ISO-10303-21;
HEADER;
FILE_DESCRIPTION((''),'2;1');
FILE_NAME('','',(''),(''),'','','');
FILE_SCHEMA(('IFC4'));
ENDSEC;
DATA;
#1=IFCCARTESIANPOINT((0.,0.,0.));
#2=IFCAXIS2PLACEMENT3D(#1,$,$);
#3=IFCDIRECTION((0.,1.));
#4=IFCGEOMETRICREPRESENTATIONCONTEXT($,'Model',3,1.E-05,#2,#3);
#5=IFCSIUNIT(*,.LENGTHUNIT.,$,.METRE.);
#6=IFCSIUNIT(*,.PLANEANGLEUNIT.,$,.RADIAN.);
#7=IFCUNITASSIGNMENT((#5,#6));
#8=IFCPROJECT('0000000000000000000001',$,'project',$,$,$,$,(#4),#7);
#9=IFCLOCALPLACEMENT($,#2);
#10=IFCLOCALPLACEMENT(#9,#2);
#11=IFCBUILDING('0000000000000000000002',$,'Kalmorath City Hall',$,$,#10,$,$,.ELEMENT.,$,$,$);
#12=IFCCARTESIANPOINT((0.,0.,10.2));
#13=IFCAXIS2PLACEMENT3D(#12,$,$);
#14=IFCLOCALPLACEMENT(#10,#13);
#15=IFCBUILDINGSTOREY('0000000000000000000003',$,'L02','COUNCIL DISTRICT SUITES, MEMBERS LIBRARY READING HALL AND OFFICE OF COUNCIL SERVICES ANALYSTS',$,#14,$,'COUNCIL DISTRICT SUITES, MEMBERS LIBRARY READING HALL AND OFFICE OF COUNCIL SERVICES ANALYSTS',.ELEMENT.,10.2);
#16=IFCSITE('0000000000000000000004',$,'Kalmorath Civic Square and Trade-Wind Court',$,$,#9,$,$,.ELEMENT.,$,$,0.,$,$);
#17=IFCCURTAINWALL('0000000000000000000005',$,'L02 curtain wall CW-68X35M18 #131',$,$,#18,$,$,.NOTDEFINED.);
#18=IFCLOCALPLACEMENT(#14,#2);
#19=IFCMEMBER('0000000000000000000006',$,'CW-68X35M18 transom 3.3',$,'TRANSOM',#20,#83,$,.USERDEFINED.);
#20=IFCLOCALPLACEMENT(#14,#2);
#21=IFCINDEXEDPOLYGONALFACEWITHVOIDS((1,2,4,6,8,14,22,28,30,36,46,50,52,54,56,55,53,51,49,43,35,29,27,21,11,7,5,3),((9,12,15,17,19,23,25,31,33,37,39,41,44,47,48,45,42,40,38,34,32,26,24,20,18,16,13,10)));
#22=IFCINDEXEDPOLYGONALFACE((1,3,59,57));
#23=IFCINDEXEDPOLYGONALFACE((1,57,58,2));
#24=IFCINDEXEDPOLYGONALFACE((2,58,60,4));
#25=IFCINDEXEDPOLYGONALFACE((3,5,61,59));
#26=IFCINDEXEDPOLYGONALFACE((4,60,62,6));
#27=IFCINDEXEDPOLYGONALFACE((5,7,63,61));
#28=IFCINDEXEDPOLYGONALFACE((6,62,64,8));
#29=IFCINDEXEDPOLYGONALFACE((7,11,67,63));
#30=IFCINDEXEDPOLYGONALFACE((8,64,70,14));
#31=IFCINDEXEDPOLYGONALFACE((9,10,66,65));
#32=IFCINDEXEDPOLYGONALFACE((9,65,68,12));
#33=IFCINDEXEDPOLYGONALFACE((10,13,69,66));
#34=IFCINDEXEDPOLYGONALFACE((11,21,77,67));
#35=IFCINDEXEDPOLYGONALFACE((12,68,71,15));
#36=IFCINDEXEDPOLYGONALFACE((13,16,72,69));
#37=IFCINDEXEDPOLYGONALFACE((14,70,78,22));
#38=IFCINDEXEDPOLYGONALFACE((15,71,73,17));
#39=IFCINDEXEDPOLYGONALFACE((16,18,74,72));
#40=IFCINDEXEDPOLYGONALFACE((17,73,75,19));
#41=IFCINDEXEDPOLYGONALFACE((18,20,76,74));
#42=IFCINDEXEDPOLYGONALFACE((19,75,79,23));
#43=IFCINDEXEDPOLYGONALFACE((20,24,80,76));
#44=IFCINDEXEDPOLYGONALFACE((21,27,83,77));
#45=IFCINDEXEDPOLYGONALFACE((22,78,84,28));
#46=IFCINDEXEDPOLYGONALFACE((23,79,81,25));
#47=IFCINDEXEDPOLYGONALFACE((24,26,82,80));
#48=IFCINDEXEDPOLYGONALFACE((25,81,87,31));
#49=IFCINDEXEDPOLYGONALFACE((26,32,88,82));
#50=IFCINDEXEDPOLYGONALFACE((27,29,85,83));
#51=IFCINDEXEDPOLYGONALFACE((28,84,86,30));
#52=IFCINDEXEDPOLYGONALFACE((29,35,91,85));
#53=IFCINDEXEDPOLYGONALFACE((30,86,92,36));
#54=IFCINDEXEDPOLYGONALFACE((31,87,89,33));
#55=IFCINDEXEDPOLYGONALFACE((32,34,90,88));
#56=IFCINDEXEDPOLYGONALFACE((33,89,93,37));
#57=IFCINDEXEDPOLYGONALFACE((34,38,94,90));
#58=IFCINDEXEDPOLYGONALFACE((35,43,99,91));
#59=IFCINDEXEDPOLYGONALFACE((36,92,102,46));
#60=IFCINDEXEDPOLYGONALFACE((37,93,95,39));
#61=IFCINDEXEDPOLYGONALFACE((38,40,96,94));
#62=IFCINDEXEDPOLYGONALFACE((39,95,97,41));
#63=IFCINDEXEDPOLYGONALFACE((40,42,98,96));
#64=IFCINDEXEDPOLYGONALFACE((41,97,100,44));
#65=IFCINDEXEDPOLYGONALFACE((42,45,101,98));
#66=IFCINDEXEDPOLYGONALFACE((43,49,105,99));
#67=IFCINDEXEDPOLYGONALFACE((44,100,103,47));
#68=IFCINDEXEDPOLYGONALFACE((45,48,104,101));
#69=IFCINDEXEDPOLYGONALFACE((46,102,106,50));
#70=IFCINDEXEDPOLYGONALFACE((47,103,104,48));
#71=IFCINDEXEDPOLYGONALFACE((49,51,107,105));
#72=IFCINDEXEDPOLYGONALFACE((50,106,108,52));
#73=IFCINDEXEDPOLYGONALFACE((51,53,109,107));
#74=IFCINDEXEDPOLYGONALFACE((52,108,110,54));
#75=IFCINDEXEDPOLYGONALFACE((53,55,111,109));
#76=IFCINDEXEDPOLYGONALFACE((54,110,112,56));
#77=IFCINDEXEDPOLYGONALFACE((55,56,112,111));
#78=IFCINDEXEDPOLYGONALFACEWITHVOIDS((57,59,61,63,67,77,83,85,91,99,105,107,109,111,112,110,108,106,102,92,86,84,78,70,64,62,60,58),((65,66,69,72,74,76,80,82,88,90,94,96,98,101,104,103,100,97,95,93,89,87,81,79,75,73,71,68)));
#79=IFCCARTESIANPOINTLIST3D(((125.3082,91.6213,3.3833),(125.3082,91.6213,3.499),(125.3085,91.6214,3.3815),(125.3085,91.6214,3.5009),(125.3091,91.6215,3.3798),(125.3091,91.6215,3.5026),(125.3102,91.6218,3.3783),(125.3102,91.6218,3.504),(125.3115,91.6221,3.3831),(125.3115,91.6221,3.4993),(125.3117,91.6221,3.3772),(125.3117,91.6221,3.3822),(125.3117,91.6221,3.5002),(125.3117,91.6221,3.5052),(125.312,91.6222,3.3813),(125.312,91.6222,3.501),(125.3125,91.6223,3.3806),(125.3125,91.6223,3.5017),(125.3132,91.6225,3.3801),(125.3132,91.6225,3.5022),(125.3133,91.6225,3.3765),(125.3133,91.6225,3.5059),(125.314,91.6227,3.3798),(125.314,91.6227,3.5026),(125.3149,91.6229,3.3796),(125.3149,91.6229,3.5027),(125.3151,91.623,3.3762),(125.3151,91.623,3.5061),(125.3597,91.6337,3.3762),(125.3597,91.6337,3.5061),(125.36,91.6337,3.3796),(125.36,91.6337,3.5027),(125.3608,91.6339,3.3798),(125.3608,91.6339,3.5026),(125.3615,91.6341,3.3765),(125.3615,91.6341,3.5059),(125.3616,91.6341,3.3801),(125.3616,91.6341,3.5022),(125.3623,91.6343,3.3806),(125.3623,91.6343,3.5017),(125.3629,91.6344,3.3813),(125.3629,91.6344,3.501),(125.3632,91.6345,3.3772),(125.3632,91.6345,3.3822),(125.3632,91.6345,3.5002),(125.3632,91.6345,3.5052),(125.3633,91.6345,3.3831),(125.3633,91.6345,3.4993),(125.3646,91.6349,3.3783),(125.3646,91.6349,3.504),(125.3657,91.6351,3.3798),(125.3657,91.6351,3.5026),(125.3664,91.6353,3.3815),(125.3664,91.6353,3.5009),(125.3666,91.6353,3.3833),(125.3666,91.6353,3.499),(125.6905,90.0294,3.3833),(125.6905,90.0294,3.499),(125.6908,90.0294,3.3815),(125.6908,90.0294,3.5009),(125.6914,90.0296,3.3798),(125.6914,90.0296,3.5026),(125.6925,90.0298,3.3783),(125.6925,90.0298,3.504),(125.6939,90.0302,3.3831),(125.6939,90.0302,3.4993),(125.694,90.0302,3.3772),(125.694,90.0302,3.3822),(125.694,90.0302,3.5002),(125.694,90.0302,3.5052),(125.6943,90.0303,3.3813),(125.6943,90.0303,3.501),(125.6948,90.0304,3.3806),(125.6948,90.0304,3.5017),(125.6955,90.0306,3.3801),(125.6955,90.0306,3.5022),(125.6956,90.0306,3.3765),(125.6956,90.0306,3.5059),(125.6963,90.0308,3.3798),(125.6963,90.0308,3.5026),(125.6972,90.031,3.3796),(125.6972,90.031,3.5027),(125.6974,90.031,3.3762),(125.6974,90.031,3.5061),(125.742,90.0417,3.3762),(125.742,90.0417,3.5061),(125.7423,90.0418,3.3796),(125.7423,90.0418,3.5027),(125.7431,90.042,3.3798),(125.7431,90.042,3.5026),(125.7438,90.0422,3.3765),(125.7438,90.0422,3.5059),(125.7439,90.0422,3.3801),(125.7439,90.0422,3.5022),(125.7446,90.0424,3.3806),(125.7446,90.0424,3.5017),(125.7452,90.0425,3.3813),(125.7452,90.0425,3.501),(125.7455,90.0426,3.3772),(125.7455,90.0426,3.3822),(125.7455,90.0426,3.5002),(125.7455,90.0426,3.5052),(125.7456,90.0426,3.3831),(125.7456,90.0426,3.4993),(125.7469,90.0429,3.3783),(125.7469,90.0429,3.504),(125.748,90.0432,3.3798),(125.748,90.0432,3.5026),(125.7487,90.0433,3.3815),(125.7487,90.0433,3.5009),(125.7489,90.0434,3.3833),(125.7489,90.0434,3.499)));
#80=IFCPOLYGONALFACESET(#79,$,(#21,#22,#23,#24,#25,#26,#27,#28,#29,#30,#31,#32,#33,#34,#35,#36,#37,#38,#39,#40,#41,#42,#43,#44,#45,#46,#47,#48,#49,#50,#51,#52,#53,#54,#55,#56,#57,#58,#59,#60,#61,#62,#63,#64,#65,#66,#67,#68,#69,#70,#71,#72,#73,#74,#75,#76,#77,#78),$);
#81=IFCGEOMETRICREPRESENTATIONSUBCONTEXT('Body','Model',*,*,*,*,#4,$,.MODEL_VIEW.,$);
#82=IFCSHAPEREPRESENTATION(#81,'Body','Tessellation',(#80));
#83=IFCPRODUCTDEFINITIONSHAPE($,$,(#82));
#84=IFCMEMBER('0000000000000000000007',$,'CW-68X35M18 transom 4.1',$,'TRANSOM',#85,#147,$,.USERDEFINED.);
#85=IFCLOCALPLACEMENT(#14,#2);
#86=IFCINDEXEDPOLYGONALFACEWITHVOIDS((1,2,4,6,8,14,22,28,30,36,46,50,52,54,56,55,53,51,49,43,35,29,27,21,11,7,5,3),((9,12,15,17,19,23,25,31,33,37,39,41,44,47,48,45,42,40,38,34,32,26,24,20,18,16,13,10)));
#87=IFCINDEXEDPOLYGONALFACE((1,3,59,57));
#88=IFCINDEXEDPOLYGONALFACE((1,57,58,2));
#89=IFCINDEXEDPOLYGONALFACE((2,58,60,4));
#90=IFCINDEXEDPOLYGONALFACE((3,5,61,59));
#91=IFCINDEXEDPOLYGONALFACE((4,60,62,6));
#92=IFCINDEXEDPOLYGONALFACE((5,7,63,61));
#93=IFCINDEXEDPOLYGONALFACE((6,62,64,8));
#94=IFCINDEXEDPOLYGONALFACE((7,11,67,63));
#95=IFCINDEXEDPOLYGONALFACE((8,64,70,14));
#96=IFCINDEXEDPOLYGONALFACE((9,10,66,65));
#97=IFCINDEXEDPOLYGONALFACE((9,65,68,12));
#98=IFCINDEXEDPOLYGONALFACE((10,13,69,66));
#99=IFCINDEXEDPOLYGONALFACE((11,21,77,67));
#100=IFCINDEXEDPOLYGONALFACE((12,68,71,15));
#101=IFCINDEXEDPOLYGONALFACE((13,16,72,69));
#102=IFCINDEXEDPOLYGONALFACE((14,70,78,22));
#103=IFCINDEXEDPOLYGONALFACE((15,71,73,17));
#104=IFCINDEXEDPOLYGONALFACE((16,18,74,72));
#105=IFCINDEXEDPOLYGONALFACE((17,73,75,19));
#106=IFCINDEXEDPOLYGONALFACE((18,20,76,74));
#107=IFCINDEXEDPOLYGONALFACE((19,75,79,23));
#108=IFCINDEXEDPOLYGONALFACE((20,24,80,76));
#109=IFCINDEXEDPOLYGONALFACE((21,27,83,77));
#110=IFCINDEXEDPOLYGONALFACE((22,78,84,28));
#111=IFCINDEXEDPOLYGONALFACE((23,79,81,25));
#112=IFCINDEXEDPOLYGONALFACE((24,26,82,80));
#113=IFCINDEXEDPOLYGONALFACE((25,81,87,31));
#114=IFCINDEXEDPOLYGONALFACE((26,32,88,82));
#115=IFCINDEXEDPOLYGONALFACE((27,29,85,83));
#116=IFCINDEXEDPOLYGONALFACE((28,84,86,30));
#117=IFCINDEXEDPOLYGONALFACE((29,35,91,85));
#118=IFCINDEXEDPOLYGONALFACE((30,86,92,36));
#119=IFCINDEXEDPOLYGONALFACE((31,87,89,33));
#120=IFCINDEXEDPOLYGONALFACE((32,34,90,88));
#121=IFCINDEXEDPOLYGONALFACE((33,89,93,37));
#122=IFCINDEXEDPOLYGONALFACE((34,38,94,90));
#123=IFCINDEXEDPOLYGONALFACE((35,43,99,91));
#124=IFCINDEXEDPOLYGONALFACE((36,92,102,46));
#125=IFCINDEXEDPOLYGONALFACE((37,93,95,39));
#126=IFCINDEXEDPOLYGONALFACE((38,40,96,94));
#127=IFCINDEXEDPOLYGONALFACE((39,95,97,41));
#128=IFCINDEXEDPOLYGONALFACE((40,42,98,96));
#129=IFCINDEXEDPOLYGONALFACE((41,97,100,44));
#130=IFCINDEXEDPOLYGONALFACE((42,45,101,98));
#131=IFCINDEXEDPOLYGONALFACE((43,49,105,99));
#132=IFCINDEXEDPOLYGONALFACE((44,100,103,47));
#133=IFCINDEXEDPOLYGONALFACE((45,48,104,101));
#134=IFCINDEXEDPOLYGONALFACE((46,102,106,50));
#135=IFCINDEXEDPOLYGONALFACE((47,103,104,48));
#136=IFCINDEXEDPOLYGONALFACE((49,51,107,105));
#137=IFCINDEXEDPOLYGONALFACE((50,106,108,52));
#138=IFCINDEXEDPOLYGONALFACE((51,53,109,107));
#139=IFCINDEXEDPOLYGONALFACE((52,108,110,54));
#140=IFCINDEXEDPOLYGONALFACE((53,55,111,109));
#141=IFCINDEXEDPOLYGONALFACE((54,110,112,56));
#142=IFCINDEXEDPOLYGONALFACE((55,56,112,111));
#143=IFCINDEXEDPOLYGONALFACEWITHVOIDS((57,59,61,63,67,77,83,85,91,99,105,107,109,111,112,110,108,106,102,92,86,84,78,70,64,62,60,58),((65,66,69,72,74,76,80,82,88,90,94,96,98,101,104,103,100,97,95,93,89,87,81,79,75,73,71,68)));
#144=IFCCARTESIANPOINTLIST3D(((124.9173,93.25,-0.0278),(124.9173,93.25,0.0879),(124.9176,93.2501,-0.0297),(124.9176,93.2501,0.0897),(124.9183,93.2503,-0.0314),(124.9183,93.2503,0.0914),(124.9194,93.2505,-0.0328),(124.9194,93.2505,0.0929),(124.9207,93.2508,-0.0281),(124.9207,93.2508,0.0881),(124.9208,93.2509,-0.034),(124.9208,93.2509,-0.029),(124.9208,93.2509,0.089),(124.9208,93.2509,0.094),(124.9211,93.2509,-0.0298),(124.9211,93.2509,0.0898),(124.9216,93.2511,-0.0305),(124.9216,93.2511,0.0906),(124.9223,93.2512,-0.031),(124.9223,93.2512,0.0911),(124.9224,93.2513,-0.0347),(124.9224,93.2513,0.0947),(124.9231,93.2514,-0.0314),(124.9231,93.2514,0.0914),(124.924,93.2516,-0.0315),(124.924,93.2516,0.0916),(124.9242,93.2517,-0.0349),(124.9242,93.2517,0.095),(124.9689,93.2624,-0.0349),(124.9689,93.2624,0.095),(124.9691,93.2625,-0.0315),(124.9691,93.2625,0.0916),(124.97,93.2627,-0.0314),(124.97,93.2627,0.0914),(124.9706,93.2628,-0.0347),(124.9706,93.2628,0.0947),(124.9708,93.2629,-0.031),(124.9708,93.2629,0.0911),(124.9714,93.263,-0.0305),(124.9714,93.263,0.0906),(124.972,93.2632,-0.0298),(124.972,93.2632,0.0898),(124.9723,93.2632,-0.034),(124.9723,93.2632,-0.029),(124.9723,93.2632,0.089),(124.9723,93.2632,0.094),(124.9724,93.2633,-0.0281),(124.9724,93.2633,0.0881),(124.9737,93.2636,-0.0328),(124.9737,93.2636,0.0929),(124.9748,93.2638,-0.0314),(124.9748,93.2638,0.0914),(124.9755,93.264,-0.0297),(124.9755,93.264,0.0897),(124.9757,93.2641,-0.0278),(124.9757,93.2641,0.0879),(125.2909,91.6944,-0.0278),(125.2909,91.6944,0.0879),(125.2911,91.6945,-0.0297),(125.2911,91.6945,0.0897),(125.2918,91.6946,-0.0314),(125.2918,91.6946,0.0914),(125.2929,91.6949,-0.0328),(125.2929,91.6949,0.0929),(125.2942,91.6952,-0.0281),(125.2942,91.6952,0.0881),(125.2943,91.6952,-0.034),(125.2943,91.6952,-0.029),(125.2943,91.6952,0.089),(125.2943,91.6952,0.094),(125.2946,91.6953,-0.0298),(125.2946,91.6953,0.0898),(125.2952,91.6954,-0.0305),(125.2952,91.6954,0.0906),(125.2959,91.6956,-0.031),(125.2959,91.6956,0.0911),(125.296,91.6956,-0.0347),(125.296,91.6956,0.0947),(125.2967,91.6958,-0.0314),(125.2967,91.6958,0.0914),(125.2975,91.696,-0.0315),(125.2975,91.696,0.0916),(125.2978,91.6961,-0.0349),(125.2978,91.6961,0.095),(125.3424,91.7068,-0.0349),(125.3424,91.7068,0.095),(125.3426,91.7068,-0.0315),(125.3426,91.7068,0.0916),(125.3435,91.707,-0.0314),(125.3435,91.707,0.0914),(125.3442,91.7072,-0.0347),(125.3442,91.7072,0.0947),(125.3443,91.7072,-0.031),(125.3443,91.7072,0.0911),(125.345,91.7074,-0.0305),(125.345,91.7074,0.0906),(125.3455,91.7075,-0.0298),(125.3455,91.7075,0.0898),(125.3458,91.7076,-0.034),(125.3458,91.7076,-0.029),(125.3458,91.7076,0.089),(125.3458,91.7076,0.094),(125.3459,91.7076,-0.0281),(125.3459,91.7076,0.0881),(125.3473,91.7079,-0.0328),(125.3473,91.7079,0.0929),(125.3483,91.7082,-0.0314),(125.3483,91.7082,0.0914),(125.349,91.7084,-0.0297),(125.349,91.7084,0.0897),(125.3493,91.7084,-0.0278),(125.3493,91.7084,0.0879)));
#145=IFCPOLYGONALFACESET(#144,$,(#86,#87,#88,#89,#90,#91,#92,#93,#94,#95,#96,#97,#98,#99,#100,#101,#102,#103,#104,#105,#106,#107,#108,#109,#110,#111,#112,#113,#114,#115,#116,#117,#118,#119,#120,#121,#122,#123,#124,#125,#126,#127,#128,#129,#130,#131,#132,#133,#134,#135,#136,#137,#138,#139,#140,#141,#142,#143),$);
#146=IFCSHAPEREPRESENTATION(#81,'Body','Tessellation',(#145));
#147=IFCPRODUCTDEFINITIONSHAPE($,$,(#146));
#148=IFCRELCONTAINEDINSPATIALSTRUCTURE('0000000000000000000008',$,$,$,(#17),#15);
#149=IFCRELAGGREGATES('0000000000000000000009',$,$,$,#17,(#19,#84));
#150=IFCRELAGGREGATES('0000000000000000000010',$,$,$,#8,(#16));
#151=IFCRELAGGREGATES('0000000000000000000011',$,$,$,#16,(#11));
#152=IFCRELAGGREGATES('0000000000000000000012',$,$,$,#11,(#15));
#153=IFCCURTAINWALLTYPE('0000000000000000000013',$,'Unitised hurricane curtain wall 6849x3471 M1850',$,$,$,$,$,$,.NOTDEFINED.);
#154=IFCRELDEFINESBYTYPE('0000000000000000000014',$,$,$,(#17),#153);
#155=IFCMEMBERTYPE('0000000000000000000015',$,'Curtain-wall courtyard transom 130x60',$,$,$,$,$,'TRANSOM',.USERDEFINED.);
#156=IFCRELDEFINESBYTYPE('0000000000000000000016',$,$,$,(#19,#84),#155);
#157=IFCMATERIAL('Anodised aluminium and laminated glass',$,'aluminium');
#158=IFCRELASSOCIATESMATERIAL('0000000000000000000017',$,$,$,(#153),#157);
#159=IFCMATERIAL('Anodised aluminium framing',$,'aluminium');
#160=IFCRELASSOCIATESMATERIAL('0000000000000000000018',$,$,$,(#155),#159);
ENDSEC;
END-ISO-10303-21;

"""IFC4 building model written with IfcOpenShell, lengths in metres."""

from ifc_helpers import new_model, si_unit, direction, frame, origin, origin_2d, place, context, subcontext, project, spatial, hollow_rectangle, extrude, material, material_profile, profile_set, type_object, element, aggregate, save


model = new_model("IFC4")

# Units and contexts
model_context = context("Model", 3, precision=1e-05, world=origin(), true_north=direction((0.0, 1.0)))
body_context = subcontext(model_context, "Body", "Model", "MODEL_VIEW")
ifc_project = project(units=[si_unit("LENGTHUNIT", "METRE"), si_unit("PLANEANGLEUNIT", "RADIAN")], contexts=[model_context])

# Site, building, storey
site_placement = place(None, origin())
site = spatial("IfcSite", under=ifc_project, at=site_placement, Name="Kalmorath Civic Square and Trade-Wind Court", CompositionType="ELEMENT", RefElevation=0.0)
building_placement = place(site_placement, origin())
building = spatial("IfcBuilding", under=site, at=building_placement, Name="Kalmorath City Hall", CompositionType="ELEMENT")
storey_placement = place(building_placement, frame((0.0, 0.0, 10.2)))
storey = spatial("IfcBuildingStorey", under=building, at=storey_placement, Name="L02", Description="COUNCIL DISTRICT SUITES, MEMBERS LIBRARY READING HALL AND OFFICE OF COUNCIL SERVICES ANALYSTS", LongName="COUNCIL DISTRICT SUITES, MEMBERS LIBRARY READING HALL AND OFFICE OF COUNCIL SERVICES ANALYSTS", CompositionType="ELEMENT", Elevation=10.2)

# Curtain wall, members
ifc_material_1 = material(Name="Anodised aluminium and laminated glass", Category="aluminium")
curtain_wall_type_1 = type_object("IfcCurtainWallType", Name="Unitised hurricane curtain wall 6849x3471 M1850", PredefinedType="NOTDEFINED", material=ifc_material_1)
curtain_wall_1_placement = place(storey_placement, origin())
curtain_wall_1 = element("IfcCurtainWall", 1, at=curtain_wall_1_placement, inside=storey, type_object=curtain_wall_type_1, Name="L02 curtain wall CW-68X35M18 #131", PredefinedType="NOTDEFINED")
ifc_material_2 = material(Name="Anodised aluminium framing", Category="aluminium")
ifc_material_profile_1 = material_profile(ifc_material_2, hollow_rectangle(XDim=0.0601, YDim=0.1299, WallThickness=0.0034, InnerFilletRadius=0.0034, OuterFilletRadius=0.0071, at=origin_2d()), Name="ALU-TRN-130X60X3.5")
ifc_profile_set_1 = profile_set([ifc_material_profile_1], Name="Anodised aluminium framing")
member_type_1 = type_object("IfcMemberType", Name="Curtain-wall courtyard transom 130x60", ElementType="TRANSOM", PredefinedType="USERDEFINED", material=ifc_profile_set_1)
member_1_placement = place(storey_placement, frame((125.7197, 90.0364, 3.4412), z_axis=(-0.233508, 0.972355, 0.0), x_axis=(-0.972355, -0.233508, 0.0)))
member_1 = element("IfcMember", 2, at=member_1_placement, type_object=member_type_1, Name="CW-68X35M18 transom 3.3", ObjectType="TRANSOM", PredefinedType="USERDEFINED", context=body_context, shape_type="SweptSolid", body=[
    extrude(hollow_rectangle(XDim=0.0601, YDim=0.1299, WallThickness=0.0034, InnerFilletRadius=0.0034, OuterFilletRadius=0.0071, at=origin_2d()), origin(), (0.0, 0.0, 1.0), 1.6372),
])
member_2_placement = place(storey_placement, frame((125.3201, 91.7014, 0.03), z_axis=(-0.233477, 0.972362, 0.0), x_axis=(-0.972362, -0.233477, 0.0)))
member_2 = element("IfcMember", 3, at=member_2_placement, type_object=member_type_1, Name="CW-68X35M18 transom 4.1", ObjectType="TRANSOM", PredefinedType="USERDEFINED", context=body_context, shape_type="SweptSolid", body=[
    extrude(hollow_rectangle(XDim=0.0601, YDim=0.1299, WallThickness=0.0034, InnerFilletRadius=0.0034, OuterFilletRadius=0.0071, at=origin_2d()), origin(), (0.0, 0.0, 1.0), 1.5999),
])

aggregate(curtain_wall_1, [member_1, member_2])

save(model, "model.ifc")
